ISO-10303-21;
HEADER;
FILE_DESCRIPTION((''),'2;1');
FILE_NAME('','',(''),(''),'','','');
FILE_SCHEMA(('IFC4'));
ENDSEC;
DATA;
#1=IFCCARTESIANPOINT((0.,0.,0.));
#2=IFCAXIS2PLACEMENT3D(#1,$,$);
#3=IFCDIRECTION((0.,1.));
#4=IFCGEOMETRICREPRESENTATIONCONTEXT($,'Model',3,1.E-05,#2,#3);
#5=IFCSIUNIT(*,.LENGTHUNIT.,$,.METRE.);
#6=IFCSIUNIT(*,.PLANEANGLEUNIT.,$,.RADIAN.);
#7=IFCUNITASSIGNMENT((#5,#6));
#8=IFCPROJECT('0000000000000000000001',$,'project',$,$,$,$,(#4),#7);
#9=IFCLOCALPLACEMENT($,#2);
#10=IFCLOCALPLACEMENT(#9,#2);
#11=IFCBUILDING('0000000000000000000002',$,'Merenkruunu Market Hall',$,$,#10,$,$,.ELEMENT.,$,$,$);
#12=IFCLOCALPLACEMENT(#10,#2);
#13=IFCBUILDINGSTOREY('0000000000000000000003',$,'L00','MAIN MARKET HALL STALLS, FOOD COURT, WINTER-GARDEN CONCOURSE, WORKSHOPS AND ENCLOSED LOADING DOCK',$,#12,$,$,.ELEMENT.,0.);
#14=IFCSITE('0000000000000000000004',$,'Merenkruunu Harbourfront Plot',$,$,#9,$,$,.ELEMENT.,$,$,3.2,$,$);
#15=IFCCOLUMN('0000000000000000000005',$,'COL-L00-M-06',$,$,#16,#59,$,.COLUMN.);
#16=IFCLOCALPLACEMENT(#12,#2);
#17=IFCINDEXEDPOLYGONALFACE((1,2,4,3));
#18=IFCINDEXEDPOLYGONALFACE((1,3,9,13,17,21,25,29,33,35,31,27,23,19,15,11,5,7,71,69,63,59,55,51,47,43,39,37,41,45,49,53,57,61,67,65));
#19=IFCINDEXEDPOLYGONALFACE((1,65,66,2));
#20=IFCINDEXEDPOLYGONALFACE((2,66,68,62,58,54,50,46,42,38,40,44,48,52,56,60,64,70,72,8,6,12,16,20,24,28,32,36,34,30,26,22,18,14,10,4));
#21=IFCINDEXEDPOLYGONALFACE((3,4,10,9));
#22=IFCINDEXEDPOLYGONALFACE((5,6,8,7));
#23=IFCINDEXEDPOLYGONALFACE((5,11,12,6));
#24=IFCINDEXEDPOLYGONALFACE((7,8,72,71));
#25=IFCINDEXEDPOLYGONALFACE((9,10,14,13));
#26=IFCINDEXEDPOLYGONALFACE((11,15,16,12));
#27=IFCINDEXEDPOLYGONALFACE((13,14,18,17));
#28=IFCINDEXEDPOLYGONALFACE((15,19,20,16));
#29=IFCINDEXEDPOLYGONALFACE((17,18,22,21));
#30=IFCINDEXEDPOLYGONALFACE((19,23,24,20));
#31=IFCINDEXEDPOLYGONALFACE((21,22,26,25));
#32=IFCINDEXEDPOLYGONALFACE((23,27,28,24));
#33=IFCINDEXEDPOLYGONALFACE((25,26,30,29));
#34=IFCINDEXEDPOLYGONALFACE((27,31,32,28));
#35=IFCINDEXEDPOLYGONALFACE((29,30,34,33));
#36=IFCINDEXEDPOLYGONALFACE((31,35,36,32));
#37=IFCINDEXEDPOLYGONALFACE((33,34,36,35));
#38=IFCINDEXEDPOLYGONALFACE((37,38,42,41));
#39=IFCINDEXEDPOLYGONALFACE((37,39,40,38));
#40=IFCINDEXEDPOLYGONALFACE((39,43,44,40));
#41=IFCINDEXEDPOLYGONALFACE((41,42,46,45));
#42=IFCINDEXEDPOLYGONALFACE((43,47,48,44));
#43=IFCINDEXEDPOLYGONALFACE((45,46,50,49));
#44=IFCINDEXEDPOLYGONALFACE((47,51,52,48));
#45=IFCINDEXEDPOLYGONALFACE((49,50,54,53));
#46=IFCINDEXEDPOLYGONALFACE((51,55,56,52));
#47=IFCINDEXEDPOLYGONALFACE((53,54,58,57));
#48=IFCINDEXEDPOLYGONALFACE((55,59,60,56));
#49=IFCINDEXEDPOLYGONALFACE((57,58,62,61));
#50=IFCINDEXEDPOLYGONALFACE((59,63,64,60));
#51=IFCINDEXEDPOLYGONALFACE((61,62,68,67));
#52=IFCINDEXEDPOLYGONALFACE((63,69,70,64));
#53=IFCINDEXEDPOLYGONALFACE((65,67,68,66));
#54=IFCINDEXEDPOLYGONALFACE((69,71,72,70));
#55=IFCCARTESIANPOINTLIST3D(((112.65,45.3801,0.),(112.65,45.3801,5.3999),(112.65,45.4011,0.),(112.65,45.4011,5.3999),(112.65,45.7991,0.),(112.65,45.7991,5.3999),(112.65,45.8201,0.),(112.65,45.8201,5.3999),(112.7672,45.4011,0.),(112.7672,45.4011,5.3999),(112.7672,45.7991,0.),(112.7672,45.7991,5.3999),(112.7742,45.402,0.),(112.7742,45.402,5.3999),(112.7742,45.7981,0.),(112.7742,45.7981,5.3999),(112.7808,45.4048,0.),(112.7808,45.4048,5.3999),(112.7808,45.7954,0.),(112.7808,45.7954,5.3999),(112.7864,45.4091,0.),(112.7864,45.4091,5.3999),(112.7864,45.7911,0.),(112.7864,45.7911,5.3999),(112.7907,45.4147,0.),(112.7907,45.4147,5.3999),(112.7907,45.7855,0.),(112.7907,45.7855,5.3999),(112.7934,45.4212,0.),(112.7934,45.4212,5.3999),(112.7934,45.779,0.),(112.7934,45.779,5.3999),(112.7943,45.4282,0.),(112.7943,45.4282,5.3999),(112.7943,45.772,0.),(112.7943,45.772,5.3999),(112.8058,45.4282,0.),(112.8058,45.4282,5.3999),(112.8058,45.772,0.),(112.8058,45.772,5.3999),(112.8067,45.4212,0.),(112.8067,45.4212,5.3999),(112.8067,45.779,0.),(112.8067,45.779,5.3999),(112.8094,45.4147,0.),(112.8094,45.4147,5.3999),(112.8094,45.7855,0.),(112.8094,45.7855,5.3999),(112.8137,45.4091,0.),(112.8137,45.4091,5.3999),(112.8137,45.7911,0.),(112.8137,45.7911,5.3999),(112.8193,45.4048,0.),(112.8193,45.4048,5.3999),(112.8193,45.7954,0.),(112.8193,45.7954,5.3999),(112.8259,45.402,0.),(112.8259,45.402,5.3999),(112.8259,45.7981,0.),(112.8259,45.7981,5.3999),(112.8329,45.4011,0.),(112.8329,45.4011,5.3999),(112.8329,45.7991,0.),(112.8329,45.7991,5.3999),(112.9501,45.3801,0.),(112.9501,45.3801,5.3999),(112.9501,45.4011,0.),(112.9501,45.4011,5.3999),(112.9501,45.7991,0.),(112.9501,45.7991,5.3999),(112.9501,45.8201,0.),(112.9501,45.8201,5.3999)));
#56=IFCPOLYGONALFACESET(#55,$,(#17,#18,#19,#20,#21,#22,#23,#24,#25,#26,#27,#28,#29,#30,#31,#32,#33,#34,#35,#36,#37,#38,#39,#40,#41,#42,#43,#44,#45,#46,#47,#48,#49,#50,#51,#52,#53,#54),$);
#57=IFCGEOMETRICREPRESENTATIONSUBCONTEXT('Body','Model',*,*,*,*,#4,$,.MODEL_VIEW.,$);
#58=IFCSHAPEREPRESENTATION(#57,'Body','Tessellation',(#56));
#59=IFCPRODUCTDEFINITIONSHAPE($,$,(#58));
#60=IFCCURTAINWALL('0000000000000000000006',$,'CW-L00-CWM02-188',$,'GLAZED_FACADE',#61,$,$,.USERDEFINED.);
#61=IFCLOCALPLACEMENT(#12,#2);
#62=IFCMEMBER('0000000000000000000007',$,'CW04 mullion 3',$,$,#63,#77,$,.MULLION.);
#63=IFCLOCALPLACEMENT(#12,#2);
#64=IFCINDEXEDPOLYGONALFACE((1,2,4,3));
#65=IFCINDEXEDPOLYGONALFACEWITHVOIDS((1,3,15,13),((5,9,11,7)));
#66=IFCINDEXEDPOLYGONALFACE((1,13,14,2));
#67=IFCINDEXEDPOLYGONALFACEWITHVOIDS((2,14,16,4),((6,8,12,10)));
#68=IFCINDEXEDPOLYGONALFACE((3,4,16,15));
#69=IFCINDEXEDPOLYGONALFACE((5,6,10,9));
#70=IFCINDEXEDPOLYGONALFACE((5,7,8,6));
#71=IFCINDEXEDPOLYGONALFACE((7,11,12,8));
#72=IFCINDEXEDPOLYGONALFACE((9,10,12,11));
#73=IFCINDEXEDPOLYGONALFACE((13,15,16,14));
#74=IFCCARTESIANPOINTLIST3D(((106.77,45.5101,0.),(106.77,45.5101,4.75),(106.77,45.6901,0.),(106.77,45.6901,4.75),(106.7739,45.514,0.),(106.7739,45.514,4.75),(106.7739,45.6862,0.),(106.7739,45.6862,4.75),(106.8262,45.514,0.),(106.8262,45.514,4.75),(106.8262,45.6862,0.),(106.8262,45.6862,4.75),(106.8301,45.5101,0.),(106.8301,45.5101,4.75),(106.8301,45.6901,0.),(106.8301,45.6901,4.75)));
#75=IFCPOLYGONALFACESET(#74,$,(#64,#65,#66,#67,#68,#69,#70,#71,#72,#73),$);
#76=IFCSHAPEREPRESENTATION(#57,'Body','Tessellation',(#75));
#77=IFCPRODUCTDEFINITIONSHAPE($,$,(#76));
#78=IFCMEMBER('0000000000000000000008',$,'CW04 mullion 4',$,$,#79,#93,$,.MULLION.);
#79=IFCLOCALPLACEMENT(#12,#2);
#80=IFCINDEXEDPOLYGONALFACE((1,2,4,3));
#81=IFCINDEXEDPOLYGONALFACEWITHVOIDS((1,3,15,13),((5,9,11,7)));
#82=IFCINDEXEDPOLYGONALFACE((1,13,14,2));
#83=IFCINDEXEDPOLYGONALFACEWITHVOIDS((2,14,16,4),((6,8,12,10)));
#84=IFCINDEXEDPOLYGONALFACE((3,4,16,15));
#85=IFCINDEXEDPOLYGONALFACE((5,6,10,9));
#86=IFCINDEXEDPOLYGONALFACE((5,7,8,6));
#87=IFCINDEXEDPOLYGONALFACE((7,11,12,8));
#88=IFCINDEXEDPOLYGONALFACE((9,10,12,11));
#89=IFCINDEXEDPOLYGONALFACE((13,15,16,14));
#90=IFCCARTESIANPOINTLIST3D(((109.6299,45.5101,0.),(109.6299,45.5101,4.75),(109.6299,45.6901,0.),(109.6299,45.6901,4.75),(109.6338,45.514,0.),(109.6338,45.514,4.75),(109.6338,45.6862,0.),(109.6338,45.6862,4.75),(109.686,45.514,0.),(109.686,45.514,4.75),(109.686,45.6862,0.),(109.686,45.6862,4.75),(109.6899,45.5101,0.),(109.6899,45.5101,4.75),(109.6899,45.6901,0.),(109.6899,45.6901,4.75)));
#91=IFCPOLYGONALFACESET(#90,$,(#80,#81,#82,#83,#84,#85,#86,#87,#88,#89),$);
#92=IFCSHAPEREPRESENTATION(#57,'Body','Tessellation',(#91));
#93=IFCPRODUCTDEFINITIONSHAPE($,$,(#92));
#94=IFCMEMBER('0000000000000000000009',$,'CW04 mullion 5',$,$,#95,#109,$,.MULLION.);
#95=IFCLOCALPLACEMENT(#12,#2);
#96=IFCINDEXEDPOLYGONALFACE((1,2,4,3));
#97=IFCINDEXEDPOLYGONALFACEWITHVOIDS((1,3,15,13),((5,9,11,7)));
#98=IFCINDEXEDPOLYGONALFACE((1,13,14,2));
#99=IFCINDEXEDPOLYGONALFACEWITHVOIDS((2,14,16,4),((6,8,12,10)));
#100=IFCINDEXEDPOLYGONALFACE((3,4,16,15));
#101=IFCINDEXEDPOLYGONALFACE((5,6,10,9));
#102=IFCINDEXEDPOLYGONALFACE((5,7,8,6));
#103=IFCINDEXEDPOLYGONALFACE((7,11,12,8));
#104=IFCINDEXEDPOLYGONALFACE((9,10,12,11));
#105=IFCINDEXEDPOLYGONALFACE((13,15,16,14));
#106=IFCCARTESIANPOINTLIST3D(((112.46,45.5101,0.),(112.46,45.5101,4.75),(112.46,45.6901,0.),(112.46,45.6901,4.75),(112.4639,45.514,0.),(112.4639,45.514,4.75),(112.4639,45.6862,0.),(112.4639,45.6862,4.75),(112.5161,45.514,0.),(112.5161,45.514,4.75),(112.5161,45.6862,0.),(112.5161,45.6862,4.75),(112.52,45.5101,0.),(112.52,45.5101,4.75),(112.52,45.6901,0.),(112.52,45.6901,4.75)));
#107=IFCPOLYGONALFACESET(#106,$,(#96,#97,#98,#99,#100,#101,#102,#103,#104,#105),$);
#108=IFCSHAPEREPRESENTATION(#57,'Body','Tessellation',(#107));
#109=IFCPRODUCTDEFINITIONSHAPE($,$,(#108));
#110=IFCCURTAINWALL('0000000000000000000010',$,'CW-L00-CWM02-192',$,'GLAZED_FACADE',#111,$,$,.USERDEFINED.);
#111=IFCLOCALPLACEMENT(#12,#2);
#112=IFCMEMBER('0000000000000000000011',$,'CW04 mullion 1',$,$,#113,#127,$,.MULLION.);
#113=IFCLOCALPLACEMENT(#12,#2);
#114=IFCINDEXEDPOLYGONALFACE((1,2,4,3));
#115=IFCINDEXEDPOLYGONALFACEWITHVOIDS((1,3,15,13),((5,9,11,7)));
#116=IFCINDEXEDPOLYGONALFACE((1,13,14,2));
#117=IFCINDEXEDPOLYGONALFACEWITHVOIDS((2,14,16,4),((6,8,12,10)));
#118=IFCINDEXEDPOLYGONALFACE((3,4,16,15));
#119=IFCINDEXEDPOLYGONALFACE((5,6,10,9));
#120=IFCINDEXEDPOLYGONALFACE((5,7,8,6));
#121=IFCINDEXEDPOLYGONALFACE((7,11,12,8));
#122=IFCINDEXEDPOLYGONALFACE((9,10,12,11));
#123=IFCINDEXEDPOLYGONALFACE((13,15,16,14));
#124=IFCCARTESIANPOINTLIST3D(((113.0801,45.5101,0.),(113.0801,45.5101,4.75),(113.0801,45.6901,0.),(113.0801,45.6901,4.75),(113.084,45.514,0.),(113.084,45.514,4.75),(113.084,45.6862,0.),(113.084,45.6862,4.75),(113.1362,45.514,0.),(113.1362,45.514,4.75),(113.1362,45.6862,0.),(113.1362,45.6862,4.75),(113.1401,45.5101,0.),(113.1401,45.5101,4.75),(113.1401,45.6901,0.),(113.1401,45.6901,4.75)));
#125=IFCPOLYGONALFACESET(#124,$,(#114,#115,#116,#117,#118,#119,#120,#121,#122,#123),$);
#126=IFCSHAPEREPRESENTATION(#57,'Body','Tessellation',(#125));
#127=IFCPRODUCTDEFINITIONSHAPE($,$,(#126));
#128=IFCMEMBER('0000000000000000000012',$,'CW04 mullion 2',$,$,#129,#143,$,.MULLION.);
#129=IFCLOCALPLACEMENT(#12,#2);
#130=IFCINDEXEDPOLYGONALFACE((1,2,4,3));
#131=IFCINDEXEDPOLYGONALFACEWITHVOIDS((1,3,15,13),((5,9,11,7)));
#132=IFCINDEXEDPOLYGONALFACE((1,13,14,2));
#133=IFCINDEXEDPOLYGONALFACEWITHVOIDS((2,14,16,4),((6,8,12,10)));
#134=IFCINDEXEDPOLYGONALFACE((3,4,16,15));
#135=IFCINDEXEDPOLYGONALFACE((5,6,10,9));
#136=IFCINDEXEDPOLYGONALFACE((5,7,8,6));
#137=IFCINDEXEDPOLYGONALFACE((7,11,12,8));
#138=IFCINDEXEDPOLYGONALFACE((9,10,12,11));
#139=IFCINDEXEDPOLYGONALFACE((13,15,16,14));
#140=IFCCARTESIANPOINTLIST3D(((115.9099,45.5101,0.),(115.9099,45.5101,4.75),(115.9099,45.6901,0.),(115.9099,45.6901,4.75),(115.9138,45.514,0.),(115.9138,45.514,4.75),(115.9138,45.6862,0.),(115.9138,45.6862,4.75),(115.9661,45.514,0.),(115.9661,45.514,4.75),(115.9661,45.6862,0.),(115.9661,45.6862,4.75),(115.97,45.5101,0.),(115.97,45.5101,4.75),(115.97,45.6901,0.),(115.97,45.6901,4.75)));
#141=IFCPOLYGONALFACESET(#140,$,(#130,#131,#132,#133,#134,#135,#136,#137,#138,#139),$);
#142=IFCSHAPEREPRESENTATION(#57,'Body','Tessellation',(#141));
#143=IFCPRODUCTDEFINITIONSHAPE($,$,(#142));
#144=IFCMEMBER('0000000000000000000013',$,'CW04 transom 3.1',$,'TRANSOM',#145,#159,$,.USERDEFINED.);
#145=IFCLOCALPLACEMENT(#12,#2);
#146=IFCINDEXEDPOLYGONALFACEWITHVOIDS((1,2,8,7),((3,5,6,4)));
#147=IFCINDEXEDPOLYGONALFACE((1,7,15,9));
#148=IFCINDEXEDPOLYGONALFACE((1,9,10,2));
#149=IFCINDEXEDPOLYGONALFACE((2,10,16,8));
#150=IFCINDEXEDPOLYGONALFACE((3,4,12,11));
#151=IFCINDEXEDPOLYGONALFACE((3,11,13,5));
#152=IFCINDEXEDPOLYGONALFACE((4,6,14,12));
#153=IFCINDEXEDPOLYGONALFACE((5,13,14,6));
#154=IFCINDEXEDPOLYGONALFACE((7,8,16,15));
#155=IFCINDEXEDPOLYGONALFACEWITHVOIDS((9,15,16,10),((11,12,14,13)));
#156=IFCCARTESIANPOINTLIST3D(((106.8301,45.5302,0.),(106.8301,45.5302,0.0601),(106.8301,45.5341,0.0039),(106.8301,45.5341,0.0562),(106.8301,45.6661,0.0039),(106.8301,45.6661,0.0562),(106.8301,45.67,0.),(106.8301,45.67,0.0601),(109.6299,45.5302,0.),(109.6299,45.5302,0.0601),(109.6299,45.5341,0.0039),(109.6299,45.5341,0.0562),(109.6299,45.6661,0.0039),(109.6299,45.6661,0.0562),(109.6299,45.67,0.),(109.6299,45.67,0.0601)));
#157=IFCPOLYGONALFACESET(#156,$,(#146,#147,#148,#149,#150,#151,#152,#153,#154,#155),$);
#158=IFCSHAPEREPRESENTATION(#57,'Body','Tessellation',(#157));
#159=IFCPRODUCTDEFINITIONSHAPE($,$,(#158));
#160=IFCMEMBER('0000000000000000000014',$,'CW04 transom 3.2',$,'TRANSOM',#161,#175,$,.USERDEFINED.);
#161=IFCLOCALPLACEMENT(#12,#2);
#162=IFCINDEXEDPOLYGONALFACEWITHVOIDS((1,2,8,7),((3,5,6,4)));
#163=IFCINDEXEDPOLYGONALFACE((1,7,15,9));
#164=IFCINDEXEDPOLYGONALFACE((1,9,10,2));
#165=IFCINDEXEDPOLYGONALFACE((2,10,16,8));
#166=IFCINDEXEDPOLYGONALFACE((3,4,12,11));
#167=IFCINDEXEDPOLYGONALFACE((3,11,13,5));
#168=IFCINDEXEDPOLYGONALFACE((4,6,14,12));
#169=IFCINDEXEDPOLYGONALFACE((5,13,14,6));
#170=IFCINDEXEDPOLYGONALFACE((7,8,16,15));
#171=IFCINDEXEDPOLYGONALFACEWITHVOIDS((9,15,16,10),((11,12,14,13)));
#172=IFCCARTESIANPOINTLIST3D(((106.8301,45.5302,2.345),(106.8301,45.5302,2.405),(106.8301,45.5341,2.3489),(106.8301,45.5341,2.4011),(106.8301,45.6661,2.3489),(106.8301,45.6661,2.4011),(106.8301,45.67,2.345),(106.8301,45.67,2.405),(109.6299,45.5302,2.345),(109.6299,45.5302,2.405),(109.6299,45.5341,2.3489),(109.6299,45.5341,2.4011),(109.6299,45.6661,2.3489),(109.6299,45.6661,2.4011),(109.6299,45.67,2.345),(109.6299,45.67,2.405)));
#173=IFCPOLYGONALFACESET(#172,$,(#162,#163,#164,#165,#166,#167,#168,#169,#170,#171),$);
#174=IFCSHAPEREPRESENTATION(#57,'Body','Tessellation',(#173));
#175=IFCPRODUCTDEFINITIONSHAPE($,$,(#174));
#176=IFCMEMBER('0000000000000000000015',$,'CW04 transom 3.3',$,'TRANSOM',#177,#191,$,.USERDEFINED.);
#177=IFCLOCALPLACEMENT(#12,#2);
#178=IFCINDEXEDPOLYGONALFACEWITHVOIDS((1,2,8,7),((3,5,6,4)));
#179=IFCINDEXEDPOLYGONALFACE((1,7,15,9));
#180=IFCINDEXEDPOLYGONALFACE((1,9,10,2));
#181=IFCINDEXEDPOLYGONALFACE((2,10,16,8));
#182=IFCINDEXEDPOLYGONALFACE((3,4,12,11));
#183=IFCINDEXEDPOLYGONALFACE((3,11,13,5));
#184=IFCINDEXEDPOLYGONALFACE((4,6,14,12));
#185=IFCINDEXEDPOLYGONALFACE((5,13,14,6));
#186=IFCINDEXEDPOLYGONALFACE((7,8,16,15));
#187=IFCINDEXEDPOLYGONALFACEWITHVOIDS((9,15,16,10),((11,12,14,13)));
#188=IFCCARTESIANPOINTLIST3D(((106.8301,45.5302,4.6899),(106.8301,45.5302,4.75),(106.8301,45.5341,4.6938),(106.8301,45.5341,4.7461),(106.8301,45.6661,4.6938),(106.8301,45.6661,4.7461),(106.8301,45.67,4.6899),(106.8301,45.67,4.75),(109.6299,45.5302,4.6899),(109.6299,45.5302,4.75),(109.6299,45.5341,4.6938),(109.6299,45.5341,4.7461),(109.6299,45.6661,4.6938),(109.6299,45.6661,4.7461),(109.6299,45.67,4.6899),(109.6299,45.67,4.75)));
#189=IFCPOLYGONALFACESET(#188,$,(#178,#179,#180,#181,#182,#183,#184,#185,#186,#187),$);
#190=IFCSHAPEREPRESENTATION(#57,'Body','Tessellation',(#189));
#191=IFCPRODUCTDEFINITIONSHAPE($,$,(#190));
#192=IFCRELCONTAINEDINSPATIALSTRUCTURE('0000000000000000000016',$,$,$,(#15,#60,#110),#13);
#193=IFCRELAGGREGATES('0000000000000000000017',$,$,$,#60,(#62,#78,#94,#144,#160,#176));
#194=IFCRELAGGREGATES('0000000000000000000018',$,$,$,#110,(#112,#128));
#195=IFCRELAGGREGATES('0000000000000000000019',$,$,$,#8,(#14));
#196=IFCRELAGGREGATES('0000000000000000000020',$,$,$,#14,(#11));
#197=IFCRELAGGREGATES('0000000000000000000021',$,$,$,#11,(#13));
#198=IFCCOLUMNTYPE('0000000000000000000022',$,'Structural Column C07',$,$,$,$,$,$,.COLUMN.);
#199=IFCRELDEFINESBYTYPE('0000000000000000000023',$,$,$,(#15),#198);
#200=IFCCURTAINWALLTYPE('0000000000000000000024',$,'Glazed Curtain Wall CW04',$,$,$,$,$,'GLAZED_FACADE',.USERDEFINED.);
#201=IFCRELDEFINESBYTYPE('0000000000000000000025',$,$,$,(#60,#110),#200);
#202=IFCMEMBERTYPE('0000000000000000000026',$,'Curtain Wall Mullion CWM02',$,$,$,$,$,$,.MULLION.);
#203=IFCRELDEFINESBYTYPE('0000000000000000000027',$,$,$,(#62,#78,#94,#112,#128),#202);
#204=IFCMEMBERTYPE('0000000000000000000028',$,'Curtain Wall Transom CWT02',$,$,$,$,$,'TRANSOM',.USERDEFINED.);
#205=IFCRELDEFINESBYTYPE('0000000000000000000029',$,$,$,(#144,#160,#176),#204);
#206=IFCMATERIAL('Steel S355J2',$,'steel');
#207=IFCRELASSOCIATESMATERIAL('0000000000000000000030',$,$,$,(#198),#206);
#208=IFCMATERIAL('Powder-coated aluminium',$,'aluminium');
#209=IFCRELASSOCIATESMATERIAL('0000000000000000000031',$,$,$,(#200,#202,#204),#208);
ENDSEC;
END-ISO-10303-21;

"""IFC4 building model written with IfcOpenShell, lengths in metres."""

from ifc_helpers import new_model, si_unit, direction, frame, origin, origin_2d, place, context, subcontext, project, spatial, hollow_rectangle, i_section, extrude, material, material_profile, profile_set, type_object, element, aggregate, save


model = new_model("IFC4")

# Units and contexts
model_context = context("Model", 3, precision=1e-05, world=origin(), true_north=direction((0.0, 1.0)))
body_context = subcontext(model_context, "Body", "Model", "MODEL_VIEW")
ifc_project = project(units=[si_unit("LENGTHUNIT", "METRE"), si_unit("PLANEANGLEUNIT", "RADIAN")], contexts=[model_context])

# Site, building, storey
site_placement = place(None, origin())
site = spatial("IfcSite", under=ifc_project, at=site_placement, Name="Merenkruunu Harbourfront Plot", CompositionType="ELEMENT", RefElevation=3.2)
building_placement = place(site_placement, origin())
building = spatial("IfcBuilding", under=site, at=building_placement, Name="Merenkruunu Market Hall", CompositionType="ELEMENT")
storey_placement = place(building_placement, origin())
storey = spatial("IfcBuildingStorey", under=building, at=storey_placement, Name="L00", Description="MAIN MARKET HALL STALLS, FOOD COURT, WINTER-GARDEN CONCOURSE, WORKSHOPS AND ENCLOSED LOADING DOCK", CompositionType="ELEMENT", Elevation=0.0)

# Column
ifc_material_1 = material(Name="Steel S355J2", Category="steel")
ifc_material_profile_1 = material_profile(ifc_material_1, i_section(OverallWidth=0.3, OverallDepth=0.4399, WebThickness=0.0115, FlangeThickness=0.021, FilletRadius=0.0271, at=origin_2d()), Name="HEA 450")
ifc_profile_set_1 = profile_set([ifc_material_profile_1], Name="Steel S355J2")
column_type = type_object("IfcColumnType", Name="Structural Column C07", PredefinedType="COLUMN", material=ifc_profile_set_1)
column_placement = place(storey_placement, frame((112.8, 45.6001, 0.0), z_axis=(0.0, 0.0, 1.0), x_axis=(1.0, 0.0, 0.0)))
element("IfcColumn", 1, at=column_placement, inside=storey, type_object=column_type, Name="COL-L00-M-06", PredefinedType="COLUMN", context=body_context, shape_type="SweptSolid", body=[
    extrude(i_section(OverallWidth=0.3, OverallDepth=0.4399, WebThickness=0.0115, FlangeThickness=0.021, FilletRadius=0.0271, at=origin_2d()), origin(), (0.0, 0.0, 1.0), 5.3999),
])

# Curtain walls, members
ifc_material_2 = material(Name="Powder-coated aluminium", Category="aluminium")
curtain_wall_type = type_object("IfcCurtainWallType", Name="Glazed Curtain Wall CW04", ElementType="GLAZED_FACADE", PredefinedType="USERDEFINED", material=ifc_material_2)
curtain_wall_1_placement = place(storey_placement, origin())
curtain_wall_1 = element("IfcCurtainWall", 2, at=curtain_wall_1_placement, inside=storey, type_object=curtain_wall_type, Name="CW-L00-CWM02-188", ObjectType="GLAZED_FACADE", PredefinedType="USERDEFINED")
ifc_material_profile_2 = material_profile(ifc_material_2, hollow_rectangle(XDim=0.0601, YDim=0.1799, WallThickness=0.0039, at=origin_2d()), Name="ALU 60x180x4")
ifc_profile_set_2 = profile_set([ifc_material_profile_2], Name="Powder-coated aluminium")
member_type_1 = type_object("IfcMemberType", Name="Curtain Wall Mullion CWM02", PredefinedType="MULLION", material=ifc_profile_set_2)
member_1_placement = place(storey_placement, frame((106.8, 45.6001, 0.0), z_axis=(0.0, 0.0, 1.0), x_axis=(1.0, 0.0, 0.0)))
member_1 = element("IfcMember", 3, at=member_1_placement, type_object=member_type_1, Name="CW04 mullion 3", PredefinedType="MULLION", context=body_context, shape_type="SweptSolid", body=[
    extrude(hollow_rectangle(XDim=0.0601, YDim=0.1799, WallThickness=0.0039, at=origin_2d()), origin(), (0.0, 0.0, 1.0), 4.75),
])
member_2_placement = place(storey_placement, frame((109.6599, 45.6001, 0.0), z_axis=(0.0, 0.0, 1.0), x_axis=(1.0, 0.0, 0.0)))
member_2 = element("IfcMember", 4, at=member_2_placement, type_object=member_type_1, Name="CW04 mullion 4", PredefinedType="MULLION", context=body_context, shape_type="SweptSolid", body=[
    extrude(hollow_rectangle(XDim=0.0601, YDim=0.1799, WallThickness=0.0039, at=origin_2d()), origin(), (0.0, 0.0, 1.0), 4.75),
])
member_3_placement = place(storey_placement, frame((112.49, 45.6001, 0.0), z_axis=(0.0, 0.0, 1.0), x_axis=(1.0, 0.0, 0.0)))
member_3 = element("IfcMember", 5, at=member_3_placement, type_object=member_type_1, Name="CW04 mullion 5", PredefinedType="MULLION", context=body_context, shape_type="SweptSolid", body=[
    extrude(hollow_rectangle(XDim=0.0601, YDim=0.1799, WallThickness=0.0039, at=origin_2d()), origin(), (0.0, 0.0, 1.0), 4.75),
])
curtain_wall_2_placement = place(storey_placement, origin())
curtain_wall_2 = element("IfcCurtainWall", 6, at=curtain_wall_2_placement, inside=storey, type_object=curtain_wall_type, Name="CW-L00-CWM02-192", ObjectType="GLAZED_FACADE", PredefinedType="USERDEFINED")
member_4_placement = place(storey_placement, frame((113.1101, 45.6001, 0.0), z_axis=(0.0, 0.0, 1.0), x_axis=(1.0, 0.0, 0.0)))
member_4 = element("IfcMember", 7, at=member_4_placement, type_object=member_type_1, Name="CW04 mullion 1", PredefinedType="MULLION", context=body_context, shape_type="SweptSolid", body=[
    extrude(hollow_rectangle(XDim=0.0601, YDim=0.1799, WallThickness=0.0039, at=origin_2d()), origin(), (0.0, 0.0, 1.0), 4.75),
])
member_5_placement = place(storey_placement, frame((115.9399, 45.6001, 0.0), z_axis=(0.0, 0.0, 1.0), x_axis=(1.0, 0.0, 0.0)))
member_5 = element("IfcMember", 8, at=member_5_placement, type_object=member_type_1, Name="CW04 mullion 2", PredefinedType="MULLION", context=body_context, shape_type="SweptSolid", body=[
    extrude(hollow_rectangle(XDim=0.0601, YDim=0.1799, WallThickness=0.0039, at=origin_2d()), origin(), (0.0, 0.0, 1.0), 4.75),
])

# Members
ifc_material_profile_3 = material_profile(ifc_material_2, hollow_rectangle(XDim=0.0601, YDim=0.1399, WallThickness=0.0039, at=origin_2d()), Name="ALU 60x140x4")
ifc_profile_set_3 = profile_set([ifc_material_profile_3], Name="Powder-coated aluminium")
member_type_2 = type_object("IfcMemberType", Name="Curtain Wall Transom CWT02", ElementType="TRANSOM", PredefinedType="USERDEFINED", material=ifc_profile_set_3)
member_6_placement = place(storey_placement, frame((106.8301, 45.6001, 0.03), z_axis=(1.0, 0.0, 0.0), x_axis=(0.0, 0.0, 1.0)))
member_6 = element("IfcMember", 9, at=member_6_placement, type_object=member_type_2, Name="CW04 transom 3.1", ObjectType="TRANSOM", PredefinedType="USERDEFINED", context=body_context, shape_type="SweptSolid", body=[
    extrude(hollow_rectangle(XDim=0.0601, YDim=0.1399, WallThickness=0.0039, at=origin_2d()), origin(), (0.0, 0.0, 1.0), 2.7998),
])
member_7_placement = place(storey_placement, frame((106.8301, 45.6001, 2.375), z_axis=(1.0, 0.0, 0.0), x_axis=(0.0, 0.0, 1.0)))
member_7 = element("IfcMember", 10, at=member_7_placement, type_object=member_type_2, Name="CW04 transom 3.2", ObjectType="TRANSOM", PredefinedType="USERDEFINED", context=body_context, shape_type="SweptSolid", body=[
    extrude(hollow_rectangle(XDim=0.0601, YDim=0.1399, WallThickness=0.0039, at=origin_2d()), origin(), (0.0, 0.0, 1.0), 2.7998),
])
member_8_placement = place(storey_placement, frame((106.8301, 45.6001, 4.72), z_axis=(1.0, 0.0, 0.0), x_axis=(0.0, 0.0, 1.0)))
member_8 = element("IfcMember", 11, at=member_8_placement, type_object=member_type_2, Name="CW04 transom 3.3", ObjectType="TRANSOM", PredefinedType="USERDEFINED", context=body_context, shape_type="SweptSolid", body=[
    extrude(hollow_rectangle(XDim=0.0601, YDim=0.1399, WallThickness=0.0039, at=origin_2d()), origin(), (0.0, 0.0, 1.0), 2.7998),
])

aggregate(curtain_wall_1, [member_1, member_2, member_3, member_6, member_7, member_8])
aggregate(curtain_wall_2, [member_4, member_5])

save(model, "model.ifc")
